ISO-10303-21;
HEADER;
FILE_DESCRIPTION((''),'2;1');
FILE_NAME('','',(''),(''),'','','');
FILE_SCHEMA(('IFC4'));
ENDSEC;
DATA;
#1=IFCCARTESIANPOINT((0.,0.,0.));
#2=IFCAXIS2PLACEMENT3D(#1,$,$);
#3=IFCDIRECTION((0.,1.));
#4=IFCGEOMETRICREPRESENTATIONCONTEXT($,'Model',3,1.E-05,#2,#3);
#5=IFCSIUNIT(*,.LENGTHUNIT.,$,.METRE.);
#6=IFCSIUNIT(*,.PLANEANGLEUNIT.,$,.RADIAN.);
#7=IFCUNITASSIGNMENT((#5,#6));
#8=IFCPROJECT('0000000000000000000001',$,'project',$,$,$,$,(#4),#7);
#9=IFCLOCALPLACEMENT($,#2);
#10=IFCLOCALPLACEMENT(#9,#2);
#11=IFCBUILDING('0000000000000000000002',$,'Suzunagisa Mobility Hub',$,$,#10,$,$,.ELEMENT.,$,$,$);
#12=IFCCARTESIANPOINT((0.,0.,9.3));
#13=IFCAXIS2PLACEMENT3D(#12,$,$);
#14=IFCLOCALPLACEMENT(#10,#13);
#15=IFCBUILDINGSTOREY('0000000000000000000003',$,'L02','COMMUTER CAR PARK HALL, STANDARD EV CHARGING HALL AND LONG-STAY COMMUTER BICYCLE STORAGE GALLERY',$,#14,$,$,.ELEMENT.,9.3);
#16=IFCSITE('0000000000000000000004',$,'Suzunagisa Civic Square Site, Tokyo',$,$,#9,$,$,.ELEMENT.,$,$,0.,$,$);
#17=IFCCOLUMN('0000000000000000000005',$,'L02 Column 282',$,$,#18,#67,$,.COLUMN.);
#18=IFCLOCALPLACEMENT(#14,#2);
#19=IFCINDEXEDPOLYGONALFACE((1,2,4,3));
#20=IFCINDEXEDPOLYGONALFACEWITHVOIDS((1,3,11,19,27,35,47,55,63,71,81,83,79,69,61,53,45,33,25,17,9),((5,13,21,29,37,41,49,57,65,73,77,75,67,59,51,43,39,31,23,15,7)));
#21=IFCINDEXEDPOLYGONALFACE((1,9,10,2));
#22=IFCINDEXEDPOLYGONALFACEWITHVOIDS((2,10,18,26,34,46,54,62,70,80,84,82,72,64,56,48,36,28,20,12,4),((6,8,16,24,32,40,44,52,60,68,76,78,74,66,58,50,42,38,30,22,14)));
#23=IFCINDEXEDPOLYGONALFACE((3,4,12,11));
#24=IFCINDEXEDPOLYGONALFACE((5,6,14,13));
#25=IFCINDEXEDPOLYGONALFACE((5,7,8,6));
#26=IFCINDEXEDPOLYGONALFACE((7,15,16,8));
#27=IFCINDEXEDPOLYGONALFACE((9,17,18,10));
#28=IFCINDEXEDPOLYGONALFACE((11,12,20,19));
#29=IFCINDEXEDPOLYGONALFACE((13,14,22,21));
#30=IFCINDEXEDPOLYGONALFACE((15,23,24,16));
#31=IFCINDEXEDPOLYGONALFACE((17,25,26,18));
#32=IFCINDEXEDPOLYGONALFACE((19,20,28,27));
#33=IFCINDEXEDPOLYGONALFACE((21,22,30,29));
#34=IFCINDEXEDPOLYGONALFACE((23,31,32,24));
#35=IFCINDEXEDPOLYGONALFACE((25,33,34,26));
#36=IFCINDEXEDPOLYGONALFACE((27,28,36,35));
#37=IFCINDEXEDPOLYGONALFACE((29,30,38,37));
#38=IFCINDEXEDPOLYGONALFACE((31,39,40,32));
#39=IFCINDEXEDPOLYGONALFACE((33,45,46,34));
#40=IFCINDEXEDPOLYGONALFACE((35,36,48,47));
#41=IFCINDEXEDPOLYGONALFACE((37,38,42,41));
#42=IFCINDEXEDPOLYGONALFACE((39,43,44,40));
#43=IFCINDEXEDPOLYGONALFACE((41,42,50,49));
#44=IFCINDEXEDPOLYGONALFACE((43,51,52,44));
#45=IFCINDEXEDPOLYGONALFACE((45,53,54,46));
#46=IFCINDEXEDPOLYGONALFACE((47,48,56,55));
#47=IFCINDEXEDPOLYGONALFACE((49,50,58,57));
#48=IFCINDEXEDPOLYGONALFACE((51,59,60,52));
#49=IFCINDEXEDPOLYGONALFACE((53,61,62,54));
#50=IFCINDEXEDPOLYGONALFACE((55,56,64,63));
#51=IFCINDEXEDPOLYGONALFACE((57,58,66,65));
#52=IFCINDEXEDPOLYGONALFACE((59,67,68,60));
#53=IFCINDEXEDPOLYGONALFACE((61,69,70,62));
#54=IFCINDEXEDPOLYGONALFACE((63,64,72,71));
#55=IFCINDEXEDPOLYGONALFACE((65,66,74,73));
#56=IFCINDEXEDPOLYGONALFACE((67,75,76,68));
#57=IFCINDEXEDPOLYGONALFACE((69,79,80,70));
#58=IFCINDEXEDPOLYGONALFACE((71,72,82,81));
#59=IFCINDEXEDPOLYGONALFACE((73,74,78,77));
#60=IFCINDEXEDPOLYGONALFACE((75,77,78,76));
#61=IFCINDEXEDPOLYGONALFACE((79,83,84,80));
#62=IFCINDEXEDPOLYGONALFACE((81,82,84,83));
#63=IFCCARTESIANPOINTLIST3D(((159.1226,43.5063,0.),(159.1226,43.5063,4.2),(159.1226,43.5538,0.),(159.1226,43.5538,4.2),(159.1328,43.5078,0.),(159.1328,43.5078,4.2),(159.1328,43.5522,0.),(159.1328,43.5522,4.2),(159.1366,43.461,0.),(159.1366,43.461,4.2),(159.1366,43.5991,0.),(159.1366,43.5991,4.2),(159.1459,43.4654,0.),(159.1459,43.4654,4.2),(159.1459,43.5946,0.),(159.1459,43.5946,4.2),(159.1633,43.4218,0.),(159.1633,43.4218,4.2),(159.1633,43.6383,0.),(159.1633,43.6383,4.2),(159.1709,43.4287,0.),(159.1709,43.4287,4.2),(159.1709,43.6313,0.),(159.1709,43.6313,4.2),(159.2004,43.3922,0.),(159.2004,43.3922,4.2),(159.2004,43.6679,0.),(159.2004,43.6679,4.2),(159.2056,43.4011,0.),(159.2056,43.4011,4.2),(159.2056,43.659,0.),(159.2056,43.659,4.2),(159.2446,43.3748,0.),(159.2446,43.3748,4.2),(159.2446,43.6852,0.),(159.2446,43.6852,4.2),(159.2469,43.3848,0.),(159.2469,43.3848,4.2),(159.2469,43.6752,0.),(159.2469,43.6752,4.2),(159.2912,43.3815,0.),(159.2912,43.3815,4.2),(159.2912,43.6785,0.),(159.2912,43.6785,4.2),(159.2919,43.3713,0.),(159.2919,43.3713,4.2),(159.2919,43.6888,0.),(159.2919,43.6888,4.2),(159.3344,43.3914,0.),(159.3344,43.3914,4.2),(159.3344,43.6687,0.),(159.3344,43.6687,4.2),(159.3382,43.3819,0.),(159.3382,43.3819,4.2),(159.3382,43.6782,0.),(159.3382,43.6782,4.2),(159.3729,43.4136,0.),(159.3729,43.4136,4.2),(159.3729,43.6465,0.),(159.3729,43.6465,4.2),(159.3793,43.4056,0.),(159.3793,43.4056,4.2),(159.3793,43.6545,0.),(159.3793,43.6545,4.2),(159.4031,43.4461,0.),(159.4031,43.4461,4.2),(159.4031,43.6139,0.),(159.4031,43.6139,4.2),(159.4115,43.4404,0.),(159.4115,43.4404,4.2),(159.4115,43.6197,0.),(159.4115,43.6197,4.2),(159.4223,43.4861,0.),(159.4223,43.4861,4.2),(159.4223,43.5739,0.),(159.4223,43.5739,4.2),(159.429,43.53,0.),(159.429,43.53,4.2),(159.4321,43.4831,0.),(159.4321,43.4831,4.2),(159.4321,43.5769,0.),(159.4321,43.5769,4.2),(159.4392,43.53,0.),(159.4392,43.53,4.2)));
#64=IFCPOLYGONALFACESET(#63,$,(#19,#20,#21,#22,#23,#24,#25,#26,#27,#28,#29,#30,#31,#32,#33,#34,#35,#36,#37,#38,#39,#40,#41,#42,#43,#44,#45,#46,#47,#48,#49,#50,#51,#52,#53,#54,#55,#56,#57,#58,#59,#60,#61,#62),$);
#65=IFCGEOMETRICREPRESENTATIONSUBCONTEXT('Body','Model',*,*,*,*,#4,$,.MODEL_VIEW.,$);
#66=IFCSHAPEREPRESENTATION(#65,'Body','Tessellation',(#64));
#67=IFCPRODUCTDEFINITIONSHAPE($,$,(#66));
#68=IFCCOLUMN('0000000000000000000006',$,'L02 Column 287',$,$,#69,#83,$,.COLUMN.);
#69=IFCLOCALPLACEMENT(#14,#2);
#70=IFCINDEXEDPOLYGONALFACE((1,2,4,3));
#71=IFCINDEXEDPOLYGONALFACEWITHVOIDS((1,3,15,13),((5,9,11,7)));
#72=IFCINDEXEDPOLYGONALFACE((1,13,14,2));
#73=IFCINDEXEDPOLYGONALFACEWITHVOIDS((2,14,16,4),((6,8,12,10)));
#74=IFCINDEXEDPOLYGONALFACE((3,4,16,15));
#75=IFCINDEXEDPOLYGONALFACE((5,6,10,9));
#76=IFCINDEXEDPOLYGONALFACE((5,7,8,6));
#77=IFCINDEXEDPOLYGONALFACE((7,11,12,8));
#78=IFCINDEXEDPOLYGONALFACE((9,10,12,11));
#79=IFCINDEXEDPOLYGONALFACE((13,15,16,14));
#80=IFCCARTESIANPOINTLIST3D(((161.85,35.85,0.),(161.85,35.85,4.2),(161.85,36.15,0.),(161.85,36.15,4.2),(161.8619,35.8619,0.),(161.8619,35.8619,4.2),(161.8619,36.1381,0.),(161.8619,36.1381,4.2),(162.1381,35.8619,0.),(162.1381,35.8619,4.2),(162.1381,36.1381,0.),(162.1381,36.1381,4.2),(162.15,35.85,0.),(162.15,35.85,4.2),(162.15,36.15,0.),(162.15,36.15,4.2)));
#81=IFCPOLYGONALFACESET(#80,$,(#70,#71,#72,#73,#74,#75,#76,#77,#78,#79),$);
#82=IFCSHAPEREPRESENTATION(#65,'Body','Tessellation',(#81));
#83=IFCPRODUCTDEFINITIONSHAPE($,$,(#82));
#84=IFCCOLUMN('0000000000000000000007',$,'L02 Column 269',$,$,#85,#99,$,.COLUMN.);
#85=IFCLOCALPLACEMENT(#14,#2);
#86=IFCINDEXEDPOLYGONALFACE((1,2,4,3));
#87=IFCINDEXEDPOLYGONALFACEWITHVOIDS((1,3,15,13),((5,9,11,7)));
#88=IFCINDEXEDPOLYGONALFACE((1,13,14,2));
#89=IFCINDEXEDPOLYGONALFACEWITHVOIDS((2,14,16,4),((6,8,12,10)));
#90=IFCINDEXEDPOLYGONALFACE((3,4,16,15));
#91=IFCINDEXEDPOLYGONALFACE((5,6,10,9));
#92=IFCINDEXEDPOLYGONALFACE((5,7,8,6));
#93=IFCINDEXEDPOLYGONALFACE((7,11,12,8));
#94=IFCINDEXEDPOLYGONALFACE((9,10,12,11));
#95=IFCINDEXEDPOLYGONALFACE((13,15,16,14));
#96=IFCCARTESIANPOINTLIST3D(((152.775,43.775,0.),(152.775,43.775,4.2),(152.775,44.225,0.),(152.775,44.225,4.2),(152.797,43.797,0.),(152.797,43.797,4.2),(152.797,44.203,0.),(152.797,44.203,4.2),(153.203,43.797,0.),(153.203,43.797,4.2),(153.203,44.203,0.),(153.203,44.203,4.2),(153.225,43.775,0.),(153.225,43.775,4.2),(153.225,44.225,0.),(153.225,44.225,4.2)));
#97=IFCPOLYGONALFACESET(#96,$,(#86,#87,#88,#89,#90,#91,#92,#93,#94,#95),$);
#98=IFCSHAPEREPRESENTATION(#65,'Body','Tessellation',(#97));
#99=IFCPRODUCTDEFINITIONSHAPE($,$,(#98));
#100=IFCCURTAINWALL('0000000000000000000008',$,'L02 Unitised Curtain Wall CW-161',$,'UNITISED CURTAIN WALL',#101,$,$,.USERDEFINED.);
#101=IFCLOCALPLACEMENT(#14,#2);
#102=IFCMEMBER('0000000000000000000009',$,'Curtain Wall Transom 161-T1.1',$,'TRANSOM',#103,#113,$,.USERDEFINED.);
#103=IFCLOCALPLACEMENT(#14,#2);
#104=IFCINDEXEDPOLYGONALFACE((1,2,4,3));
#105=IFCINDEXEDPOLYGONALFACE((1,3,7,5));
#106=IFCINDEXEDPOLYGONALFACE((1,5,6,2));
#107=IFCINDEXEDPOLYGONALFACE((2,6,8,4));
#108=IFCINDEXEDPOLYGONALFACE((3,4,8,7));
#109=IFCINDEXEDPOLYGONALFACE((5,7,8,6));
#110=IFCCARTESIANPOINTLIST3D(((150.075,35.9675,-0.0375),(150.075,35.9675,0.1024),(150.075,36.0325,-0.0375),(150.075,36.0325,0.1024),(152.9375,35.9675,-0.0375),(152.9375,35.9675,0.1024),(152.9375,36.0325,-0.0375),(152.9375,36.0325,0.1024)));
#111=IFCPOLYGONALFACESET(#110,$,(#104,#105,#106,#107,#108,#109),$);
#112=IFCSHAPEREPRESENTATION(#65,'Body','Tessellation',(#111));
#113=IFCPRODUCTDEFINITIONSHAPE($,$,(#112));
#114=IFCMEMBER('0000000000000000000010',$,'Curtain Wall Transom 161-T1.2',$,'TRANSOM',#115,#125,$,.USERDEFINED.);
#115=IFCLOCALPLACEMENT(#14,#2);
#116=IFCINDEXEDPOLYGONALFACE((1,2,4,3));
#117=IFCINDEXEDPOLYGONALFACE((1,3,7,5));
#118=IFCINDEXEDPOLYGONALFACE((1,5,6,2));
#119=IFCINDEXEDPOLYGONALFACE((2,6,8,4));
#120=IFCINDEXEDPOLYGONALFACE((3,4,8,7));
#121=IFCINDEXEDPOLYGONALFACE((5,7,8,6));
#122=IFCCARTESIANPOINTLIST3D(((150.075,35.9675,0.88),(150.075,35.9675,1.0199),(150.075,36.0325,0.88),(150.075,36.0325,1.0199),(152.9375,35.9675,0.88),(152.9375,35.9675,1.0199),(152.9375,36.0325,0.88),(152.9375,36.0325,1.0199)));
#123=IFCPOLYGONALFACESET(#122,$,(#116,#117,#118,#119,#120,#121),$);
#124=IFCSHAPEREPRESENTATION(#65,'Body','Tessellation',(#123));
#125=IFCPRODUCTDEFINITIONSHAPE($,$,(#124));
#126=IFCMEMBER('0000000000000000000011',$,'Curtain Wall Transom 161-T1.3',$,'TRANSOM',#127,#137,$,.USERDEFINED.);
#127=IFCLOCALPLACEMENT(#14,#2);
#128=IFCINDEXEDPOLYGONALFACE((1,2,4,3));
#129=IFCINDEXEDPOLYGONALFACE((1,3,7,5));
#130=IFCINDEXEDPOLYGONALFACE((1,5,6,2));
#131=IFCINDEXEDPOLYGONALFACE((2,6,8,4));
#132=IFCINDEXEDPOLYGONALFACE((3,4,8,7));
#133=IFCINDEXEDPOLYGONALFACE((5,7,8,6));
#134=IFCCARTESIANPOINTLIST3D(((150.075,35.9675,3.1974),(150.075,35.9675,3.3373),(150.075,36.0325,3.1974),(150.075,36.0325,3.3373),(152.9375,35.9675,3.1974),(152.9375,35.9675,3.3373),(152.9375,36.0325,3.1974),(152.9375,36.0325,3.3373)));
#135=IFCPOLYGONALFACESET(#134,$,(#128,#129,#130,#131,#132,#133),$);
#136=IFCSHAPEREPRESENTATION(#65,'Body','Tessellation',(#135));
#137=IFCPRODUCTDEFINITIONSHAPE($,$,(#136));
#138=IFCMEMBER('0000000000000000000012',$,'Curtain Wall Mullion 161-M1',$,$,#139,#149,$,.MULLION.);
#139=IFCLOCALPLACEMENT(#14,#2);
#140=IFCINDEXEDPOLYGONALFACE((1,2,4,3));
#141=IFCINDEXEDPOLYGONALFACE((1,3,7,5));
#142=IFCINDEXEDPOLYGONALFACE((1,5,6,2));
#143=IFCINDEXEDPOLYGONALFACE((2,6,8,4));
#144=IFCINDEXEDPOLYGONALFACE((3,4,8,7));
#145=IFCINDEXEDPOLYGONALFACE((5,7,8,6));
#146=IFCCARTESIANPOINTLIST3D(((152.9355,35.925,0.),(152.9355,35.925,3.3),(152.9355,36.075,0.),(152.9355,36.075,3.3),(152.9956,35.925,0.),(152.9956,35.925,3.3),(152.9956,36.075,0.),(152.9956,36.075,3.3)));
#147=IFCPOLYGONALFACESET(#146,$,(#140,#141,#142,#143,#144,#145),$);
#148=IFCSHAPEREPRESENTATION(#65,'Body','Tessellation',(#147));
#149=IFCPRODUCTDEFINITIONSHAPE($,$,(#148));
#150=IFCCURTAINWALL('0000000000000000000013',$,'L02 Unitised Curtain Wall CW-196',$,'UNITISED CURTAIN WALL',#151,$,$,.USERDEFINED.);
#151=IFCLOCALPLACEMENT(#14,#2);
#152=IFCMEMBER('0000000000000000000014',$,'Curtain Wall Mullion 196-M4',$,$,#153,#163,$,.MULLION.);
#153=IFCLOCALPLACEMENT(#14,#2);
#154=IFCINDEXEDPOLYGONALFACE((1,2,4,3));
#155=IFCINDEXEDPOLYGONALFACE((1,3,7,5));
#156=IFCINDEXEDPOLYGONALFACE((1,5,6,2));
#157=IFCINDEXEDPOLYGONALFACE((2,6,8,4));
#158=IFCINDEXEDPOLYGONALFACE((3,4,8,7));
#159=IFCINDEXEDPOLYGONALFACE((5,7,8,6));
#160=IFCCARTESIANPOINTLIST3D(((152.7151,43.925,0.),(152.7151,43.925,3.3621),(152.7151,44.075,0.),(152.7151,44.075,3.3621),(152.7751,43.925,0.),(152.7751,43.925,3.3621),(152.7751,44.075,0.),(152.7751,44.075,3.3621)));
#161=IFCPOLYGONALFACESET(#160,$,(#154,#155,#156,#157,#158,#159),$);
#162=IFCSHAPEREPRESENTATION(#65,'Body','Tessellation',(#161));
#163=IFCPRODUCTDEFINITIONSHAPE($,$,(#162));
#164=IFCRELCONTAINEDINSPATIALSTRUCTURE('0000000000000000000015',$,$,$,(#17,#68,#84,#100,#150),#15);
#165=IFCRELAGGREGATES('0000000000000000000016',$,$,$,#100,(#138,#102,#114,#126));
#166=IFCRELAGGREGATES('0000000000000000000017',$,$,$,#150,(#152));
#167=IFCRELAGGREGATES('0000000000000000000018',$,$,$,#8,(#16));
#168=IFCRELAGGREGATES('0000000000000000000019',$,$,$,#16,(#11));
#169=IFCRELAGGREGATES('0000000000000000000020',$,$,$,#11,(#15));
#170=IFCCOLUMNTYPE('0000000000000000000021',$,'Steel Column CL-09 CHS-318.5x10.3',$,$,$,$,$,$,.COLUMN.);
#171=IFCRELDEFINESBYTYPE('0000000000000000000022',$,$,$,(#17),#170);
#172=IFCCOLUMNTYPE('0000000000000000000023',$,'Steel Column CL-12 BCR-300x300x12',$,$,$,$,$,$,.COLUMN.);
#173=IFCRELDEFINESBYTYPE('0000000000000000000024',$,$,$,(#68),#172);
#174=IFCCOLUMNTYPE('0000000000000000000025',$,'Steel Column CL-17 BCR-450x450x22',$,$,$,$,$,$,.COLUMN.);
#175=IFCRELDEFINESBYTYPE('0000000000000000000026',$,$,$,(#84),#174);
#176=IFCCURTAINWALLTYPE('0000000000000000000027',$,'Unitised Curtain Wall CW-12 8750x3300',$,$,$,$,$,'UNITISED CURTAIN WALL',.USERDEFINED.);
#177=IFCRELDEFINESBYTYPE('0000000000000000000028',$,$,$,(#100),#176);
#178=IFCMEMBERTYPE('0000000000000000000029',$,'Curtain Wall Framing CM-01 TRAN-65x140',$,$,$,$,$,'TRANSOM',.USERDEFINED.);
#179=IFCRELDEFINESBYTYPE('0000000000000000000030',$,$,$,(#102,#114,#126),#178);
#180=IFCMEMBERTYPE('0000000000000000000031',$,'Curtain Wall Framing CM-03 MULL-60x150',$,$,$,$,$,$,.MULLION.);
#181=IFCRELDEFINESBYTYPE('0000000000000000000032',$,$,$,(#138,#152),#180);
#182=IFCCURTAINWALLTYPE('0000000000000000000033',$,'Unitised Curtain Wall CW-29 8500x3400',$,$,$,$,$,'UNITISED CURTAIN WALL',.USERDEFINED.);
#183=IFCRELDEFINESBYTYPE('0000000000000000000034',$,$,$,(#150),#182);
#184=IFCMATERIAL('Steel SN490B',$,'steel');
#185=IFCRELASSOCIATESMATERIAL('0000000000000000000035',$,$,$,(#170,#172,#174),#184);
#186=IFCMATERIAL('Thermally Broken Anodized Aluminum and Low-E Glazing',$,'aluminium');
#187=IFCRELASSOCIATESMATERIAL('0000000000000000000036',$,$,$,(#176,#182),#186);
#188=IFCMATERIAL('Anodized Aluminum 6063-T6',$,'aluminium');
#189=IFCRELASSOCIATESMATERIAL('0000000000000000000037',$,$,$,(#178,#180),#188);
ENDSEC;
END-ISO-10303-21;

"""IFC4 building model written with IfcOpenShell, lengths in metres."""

from ifc_helpers import new_model, si_unit, direction, frame, origin, origin_2d, place, context, subcontext, project, spatial, rectangle, hollow_rectangle, hollow_circle, extrude, material, material_profile, profile_set, type_object, element, aggregate, save


model = new_model("IFC4")

# Units and contexts
model_context = context("Model", 3, precision=1e-05, world=origin(), true_north=direction((0.0, 1.0)))
body_context = subcontext(model_context, "Body", "Model", "MODEL_VIEW")
ifc_project = project(units=[si_unit("LENGTHUNIT", "METRE"), si_unit("PLANEANGLEUNIT", "RADIAN")], contexts=[model_context])

# Site, building, storey
site_placement = place(None, origin())
site = spatial("IfcSite", under=ifc_project, at=site_placement, Name="Suzunagisa Civic Square Site, Tokyo", CompositionType="ELEMENT", RefElevation=0.0)
building_placement = place(site_placement, origin())
building = spatial("IfcBuilding", under=site, at=building_placement, Name="Suzunagisa Mobility Hub", CompositionType="ELEMENT")
storey_placement = place(building_placement, frame((0.0, 0.0, 9.3)))
storey = spatial("IfcBuildingStorey", under=building, at=storey_placement, Name="L02", Description="COMMUTER CAR PARK HALL, STANDARD EV CHARGING HALL AND LONG-STAY COMMUTER BICYCLE STORAGE GALLERY", CompositionType="ELEMENT", Elevation=9.3)

# Columns
ifc_material_1 = material(Name="Steel SN490B", Category="steel")
ifc_material_profile_1 = material_profile(ifc_material_1, hollow_circle(Radius=0.1592, WallThickness=0.0103, at=origin_2d()), Name="CHS-318.5x10.3")
ifc_profile_set_1 = profile_set([ifc_material_profile_1], Name="Steel SN490B")
column_type_1 = type_object("IfcColumnType", Name="Steel Column CL-09 CHS-318.5x10.3", PredefinedType="COLUMN", material=ifc_profile_set_1)
for number, where, z_axis, x_axis, name in (
    (1, (159.28, 43.53, 0.0), (0.0, 0.0, 1.0), (1.0, 0.0, 0.0), "L02 Column 282"),
):
    element("IfcColumn", number, at=place(storey_placement, frame(where, z_axis=z_axis, x_axis=x_axis)), inside=storey, type_object=column_type_1, Name=name, PredefinedType="COLUMN", context=body_context, shape_type="SweptSolid", body=[
        extrude(hollow_circle(Radius=0.1592, WallThickness=0.0103, at=origin_2d()), origin(), (0.0, 0.0, 1.0), 4.2),
    ])
ifc_material_profile_2 = material_profile(ifc_material_1, hollow_rectangle(XDim=0.3, YDim=0.3, WallThickness=0.012, at=origin_2d()), Name="BCR-300x300x12")
ifc_profile_set_2 = profile_set([ifc_material_profile_2], Name="Steel SN490B")
column_type_2 = type_object("IfcColumnType", Name="Steel Column CL-12 BCR-300x300x12", PredefinedType="COLUMN", material=ifc_profile_set_2)
column_1_placement = place(storey_placement, frame((162.0, 36.0, 0.0), z_axis=(0.0, 0.0, 1.0), x_axis=(1.0, 0.0, 0.0)))
element("IfcColumn", 2, at=column_1_placement, inside=storey, type_object=column_type_2, Name="L02 Column 287", PredefinedType="COLUMN", context=body_context, shape_type="SweptSolid", body=[
    extrude(hollow_rectangle(XDim=0.3, YDim=0.3, WallThickness=0.012, at=origin_2d()), origin(), (0.0, 0.0, 1.0), 4.2),
])
ifc_material_profile_3 = material_profile(ifc_material_1, hollow_rectangle(XDim=0.45, YDim=0.45, WallThickness=0.022, at=origin_2d()), Name="BCR-450x450x22")
ifc_profile_set_3 = profile_set([ifc_material_profile_3], Name="Steel SN490B")
column_type_3 = type_object("IfcColumnType", Name="Steel Column CL-17 BCR-450x450x22", PredefinedType="COLUMN", material=ifc_profile_set_3)
column_2_placement = place(storey_placement, frame((153.0, 44.0, 0.0), z_axis=(0.0, 0.0, 1.0), x_axis=(1.0, 0.0, 0.0)))
element("IfcColumn", 3, at=column_2_placement, inside=storey, type_object=column_type_3, Name="L02 Column 269", PredefinedType="COLUMN", context=body_context, shape_type="SweptSolid", body=[
    extrude(hollow_rectangle(XDim=0.45, YDim=0.45, WallThickness=0.022, at=origin_2d()), origin(), (0.0, 0.0, 1.0), 4.2),
])

# Curtain wall, members
ifc_material_2 = material(Name="Thermally Broken Anodized Aluminum and Low-E Glazing", Category="aluminium")
curtain_wall_type_1 = type_object("IfcCurtainWallType", Name="Unitised Curtain Wall CW-12 8750x3300", ElementType="UNITISED CURTAIN WALL", PredefinedType="USERDEFINED", material=ifc_material_2)
curtain_wall_1_placement = place(storey_placement, origin())
curtain_wall_1 = element("IfcCurtainWall", 4, at=curtain_wall_1_placement, inside=storey, type_object=curtain_wall_type_1, Name="L02 Unitised Curtain Wall CW-161", ObjectType="UNITISED CURTAIN WALL", PredefinedType="USERDEFINED")
ifc_material_3 = material(Name="Anodized Aluminum 6063-T6", Category="aluminium")
ifc_material_profile_4 = material_profile(ifc_material_3, rectangle(XDim=0.0649, YDim=0.1399, at=origin_2d()), Name="TRAN-65x140")
ifc_profile_set_4 = profile_set([ifc_material_profile_4], Name="Anodized Aluminum 6063-T6")
member_type_1 = type_object("IfcMemberType", Name="Curtain Wall Framing CM-01 TRAN-65x140", ElementType="TRANSOM", PredefinedType="USERDEFINED", material=ifc_profile_set_4)
member_1_placement = place(storey_placement, frame((152.9375, 36.0, 0.0325), z_axis=(-1.0, 0.0, 0.0), x_axis=(0.0, -1.0, 0.0)))
member_1 = element("IfcMember", 5, at=member_1_placement, type_object=member_type_1, Name="Curtain Wall Transom 161-T1.1", ObjectType="TRANSOM", PredefinedType="USERDEFINED", context=body_context, shape_type="SweptSolid", body=[
    extrude(rectangle(XDim=0.0649, YDim=0.1399, at=origin_2d()), origin(), (0.0, 0.0, 1.0), 2.8625),
])
member_2_placement = place(storey_placement, frame((152.9375, 36.0, 0.95), z_axis=(-1.0, 0.0, 0.0), x_axis=(0.0, -1.0, 0.0)))
member_2 = element("IfcMember", 6, at=member_2_placement, type_object=member_type_1, Name="Curtain Wall Transom 161-T1.2", ObjectType="TRANSOM", PredefinedType="USERDEFINED", context=body_context, shape_type="SweptSolid", body=[
    extrude(rectangle(XDim=0.0649, YDim=0.1399, at=origin_2d()), origin(), (0.0, 0.0, 1.0), 2.8625),
])
member_3_placement = place(storey_placement, frame((152.9375, 36.0, 3.2673), z_axis=(-1.0, 0.0, 0.0), x_axis=(0.0, -1.0, 0.0)))
member_3 = element("IfcMember", 7, at=member_3_placement, type_object=member_type_1, Name="Curtain Wall Transom 161-T1.3", ObjectType="TRANSOM", PredefinedType="USERDEFINED", context=body_context, shape_type="SweptSolid", body=[
    extrude(rectangle(XDim=0.0649, YDim=0.1399, at=origin_2d()), origin(), (0.0, 0.0, 1.0), 2.8625),
])
ifc_material_profile_5 = material_profile(ifc_material_3, rectangle(XDim=0.0601, YDim=0.1499, at=origin_2d()), Name="MULL-60x150")
ifc_profile_set_5 = profile_set([ifc_material_profile_5], Name="Anodized Aluminum 6063-T6")
member_type_2 = type_object("IfcMemberType", Name="Curtain Wall Framing CM-03 MULL-60x150", PredefinedType="MULLION", material=ifc_profile_set_5)
member_4_placement = place(storey_placement, frame((152.9656, 36.0, 0.0), z_axis=(0.0, 0.0, 1.0), x_axis=(-1.0, 0.0, 0.0)))
member_4 = element("IfcMember", 8, at=member_4_placement, type_object=member_type_2, Name="Curtain Wall Mullion 161-M1", PredefinedType="MULLION", context=body_context, shape_type="SweptSolid", body=[
    extrude(rectangle(XDim=0.0601, YDim=0.1499, at=origin_2d()), origin(), (0.0, 0.0, 1.0), 3.3),
])

# Curtain wall, member
curtain_wall_type_2 = type_object("IfcCurtainWallType", Name="Unitised Curtain Wall CW-29 8500x3400", ElementType="UNITISED CURTAIN WALL", PredefinedType="USERDEFINED", material=ifc_material_2)
curtain_wall_2_placement = place(storey_placement, origin())
curtain_wall_2 = element("IfcCurtainWall", 9, at=curtain_wall_2_placement, inside=storey, type_object=curtain_wall_type_2, Name="L02 Unitised Curtain Wall CW-196", ObjectType="UNITISED CURTAIN WALL", PredefinedType="USERDEFINED")
member_5_placement = place(storey_placement, frame((152.7451, 44.0, 0.0), z_axis=(0.0, 0.0, 1.0), x_axis=(1.0, 0.0, 0.0)))
member_5 = element("IfcMember", 10, at=member_5_placement, type_object=member_type_2, Name="Curtain Wall Mullion 196-M4", PredefinedType="MULLION", context=body_context, shape_type="SweptSolid", body=[
    extrude(rectangle(XDim=0.0601, YDim=0.1499, at=origin_2d()), origin(), (0.0, 0.0, 1.0), 3.3621),
])

aggregate(curtain_wall_1, [member_4, member_1, member_2, member_3])
aggregate(curtain_wall_2, [member_5])

save(model, "model.ifc")
